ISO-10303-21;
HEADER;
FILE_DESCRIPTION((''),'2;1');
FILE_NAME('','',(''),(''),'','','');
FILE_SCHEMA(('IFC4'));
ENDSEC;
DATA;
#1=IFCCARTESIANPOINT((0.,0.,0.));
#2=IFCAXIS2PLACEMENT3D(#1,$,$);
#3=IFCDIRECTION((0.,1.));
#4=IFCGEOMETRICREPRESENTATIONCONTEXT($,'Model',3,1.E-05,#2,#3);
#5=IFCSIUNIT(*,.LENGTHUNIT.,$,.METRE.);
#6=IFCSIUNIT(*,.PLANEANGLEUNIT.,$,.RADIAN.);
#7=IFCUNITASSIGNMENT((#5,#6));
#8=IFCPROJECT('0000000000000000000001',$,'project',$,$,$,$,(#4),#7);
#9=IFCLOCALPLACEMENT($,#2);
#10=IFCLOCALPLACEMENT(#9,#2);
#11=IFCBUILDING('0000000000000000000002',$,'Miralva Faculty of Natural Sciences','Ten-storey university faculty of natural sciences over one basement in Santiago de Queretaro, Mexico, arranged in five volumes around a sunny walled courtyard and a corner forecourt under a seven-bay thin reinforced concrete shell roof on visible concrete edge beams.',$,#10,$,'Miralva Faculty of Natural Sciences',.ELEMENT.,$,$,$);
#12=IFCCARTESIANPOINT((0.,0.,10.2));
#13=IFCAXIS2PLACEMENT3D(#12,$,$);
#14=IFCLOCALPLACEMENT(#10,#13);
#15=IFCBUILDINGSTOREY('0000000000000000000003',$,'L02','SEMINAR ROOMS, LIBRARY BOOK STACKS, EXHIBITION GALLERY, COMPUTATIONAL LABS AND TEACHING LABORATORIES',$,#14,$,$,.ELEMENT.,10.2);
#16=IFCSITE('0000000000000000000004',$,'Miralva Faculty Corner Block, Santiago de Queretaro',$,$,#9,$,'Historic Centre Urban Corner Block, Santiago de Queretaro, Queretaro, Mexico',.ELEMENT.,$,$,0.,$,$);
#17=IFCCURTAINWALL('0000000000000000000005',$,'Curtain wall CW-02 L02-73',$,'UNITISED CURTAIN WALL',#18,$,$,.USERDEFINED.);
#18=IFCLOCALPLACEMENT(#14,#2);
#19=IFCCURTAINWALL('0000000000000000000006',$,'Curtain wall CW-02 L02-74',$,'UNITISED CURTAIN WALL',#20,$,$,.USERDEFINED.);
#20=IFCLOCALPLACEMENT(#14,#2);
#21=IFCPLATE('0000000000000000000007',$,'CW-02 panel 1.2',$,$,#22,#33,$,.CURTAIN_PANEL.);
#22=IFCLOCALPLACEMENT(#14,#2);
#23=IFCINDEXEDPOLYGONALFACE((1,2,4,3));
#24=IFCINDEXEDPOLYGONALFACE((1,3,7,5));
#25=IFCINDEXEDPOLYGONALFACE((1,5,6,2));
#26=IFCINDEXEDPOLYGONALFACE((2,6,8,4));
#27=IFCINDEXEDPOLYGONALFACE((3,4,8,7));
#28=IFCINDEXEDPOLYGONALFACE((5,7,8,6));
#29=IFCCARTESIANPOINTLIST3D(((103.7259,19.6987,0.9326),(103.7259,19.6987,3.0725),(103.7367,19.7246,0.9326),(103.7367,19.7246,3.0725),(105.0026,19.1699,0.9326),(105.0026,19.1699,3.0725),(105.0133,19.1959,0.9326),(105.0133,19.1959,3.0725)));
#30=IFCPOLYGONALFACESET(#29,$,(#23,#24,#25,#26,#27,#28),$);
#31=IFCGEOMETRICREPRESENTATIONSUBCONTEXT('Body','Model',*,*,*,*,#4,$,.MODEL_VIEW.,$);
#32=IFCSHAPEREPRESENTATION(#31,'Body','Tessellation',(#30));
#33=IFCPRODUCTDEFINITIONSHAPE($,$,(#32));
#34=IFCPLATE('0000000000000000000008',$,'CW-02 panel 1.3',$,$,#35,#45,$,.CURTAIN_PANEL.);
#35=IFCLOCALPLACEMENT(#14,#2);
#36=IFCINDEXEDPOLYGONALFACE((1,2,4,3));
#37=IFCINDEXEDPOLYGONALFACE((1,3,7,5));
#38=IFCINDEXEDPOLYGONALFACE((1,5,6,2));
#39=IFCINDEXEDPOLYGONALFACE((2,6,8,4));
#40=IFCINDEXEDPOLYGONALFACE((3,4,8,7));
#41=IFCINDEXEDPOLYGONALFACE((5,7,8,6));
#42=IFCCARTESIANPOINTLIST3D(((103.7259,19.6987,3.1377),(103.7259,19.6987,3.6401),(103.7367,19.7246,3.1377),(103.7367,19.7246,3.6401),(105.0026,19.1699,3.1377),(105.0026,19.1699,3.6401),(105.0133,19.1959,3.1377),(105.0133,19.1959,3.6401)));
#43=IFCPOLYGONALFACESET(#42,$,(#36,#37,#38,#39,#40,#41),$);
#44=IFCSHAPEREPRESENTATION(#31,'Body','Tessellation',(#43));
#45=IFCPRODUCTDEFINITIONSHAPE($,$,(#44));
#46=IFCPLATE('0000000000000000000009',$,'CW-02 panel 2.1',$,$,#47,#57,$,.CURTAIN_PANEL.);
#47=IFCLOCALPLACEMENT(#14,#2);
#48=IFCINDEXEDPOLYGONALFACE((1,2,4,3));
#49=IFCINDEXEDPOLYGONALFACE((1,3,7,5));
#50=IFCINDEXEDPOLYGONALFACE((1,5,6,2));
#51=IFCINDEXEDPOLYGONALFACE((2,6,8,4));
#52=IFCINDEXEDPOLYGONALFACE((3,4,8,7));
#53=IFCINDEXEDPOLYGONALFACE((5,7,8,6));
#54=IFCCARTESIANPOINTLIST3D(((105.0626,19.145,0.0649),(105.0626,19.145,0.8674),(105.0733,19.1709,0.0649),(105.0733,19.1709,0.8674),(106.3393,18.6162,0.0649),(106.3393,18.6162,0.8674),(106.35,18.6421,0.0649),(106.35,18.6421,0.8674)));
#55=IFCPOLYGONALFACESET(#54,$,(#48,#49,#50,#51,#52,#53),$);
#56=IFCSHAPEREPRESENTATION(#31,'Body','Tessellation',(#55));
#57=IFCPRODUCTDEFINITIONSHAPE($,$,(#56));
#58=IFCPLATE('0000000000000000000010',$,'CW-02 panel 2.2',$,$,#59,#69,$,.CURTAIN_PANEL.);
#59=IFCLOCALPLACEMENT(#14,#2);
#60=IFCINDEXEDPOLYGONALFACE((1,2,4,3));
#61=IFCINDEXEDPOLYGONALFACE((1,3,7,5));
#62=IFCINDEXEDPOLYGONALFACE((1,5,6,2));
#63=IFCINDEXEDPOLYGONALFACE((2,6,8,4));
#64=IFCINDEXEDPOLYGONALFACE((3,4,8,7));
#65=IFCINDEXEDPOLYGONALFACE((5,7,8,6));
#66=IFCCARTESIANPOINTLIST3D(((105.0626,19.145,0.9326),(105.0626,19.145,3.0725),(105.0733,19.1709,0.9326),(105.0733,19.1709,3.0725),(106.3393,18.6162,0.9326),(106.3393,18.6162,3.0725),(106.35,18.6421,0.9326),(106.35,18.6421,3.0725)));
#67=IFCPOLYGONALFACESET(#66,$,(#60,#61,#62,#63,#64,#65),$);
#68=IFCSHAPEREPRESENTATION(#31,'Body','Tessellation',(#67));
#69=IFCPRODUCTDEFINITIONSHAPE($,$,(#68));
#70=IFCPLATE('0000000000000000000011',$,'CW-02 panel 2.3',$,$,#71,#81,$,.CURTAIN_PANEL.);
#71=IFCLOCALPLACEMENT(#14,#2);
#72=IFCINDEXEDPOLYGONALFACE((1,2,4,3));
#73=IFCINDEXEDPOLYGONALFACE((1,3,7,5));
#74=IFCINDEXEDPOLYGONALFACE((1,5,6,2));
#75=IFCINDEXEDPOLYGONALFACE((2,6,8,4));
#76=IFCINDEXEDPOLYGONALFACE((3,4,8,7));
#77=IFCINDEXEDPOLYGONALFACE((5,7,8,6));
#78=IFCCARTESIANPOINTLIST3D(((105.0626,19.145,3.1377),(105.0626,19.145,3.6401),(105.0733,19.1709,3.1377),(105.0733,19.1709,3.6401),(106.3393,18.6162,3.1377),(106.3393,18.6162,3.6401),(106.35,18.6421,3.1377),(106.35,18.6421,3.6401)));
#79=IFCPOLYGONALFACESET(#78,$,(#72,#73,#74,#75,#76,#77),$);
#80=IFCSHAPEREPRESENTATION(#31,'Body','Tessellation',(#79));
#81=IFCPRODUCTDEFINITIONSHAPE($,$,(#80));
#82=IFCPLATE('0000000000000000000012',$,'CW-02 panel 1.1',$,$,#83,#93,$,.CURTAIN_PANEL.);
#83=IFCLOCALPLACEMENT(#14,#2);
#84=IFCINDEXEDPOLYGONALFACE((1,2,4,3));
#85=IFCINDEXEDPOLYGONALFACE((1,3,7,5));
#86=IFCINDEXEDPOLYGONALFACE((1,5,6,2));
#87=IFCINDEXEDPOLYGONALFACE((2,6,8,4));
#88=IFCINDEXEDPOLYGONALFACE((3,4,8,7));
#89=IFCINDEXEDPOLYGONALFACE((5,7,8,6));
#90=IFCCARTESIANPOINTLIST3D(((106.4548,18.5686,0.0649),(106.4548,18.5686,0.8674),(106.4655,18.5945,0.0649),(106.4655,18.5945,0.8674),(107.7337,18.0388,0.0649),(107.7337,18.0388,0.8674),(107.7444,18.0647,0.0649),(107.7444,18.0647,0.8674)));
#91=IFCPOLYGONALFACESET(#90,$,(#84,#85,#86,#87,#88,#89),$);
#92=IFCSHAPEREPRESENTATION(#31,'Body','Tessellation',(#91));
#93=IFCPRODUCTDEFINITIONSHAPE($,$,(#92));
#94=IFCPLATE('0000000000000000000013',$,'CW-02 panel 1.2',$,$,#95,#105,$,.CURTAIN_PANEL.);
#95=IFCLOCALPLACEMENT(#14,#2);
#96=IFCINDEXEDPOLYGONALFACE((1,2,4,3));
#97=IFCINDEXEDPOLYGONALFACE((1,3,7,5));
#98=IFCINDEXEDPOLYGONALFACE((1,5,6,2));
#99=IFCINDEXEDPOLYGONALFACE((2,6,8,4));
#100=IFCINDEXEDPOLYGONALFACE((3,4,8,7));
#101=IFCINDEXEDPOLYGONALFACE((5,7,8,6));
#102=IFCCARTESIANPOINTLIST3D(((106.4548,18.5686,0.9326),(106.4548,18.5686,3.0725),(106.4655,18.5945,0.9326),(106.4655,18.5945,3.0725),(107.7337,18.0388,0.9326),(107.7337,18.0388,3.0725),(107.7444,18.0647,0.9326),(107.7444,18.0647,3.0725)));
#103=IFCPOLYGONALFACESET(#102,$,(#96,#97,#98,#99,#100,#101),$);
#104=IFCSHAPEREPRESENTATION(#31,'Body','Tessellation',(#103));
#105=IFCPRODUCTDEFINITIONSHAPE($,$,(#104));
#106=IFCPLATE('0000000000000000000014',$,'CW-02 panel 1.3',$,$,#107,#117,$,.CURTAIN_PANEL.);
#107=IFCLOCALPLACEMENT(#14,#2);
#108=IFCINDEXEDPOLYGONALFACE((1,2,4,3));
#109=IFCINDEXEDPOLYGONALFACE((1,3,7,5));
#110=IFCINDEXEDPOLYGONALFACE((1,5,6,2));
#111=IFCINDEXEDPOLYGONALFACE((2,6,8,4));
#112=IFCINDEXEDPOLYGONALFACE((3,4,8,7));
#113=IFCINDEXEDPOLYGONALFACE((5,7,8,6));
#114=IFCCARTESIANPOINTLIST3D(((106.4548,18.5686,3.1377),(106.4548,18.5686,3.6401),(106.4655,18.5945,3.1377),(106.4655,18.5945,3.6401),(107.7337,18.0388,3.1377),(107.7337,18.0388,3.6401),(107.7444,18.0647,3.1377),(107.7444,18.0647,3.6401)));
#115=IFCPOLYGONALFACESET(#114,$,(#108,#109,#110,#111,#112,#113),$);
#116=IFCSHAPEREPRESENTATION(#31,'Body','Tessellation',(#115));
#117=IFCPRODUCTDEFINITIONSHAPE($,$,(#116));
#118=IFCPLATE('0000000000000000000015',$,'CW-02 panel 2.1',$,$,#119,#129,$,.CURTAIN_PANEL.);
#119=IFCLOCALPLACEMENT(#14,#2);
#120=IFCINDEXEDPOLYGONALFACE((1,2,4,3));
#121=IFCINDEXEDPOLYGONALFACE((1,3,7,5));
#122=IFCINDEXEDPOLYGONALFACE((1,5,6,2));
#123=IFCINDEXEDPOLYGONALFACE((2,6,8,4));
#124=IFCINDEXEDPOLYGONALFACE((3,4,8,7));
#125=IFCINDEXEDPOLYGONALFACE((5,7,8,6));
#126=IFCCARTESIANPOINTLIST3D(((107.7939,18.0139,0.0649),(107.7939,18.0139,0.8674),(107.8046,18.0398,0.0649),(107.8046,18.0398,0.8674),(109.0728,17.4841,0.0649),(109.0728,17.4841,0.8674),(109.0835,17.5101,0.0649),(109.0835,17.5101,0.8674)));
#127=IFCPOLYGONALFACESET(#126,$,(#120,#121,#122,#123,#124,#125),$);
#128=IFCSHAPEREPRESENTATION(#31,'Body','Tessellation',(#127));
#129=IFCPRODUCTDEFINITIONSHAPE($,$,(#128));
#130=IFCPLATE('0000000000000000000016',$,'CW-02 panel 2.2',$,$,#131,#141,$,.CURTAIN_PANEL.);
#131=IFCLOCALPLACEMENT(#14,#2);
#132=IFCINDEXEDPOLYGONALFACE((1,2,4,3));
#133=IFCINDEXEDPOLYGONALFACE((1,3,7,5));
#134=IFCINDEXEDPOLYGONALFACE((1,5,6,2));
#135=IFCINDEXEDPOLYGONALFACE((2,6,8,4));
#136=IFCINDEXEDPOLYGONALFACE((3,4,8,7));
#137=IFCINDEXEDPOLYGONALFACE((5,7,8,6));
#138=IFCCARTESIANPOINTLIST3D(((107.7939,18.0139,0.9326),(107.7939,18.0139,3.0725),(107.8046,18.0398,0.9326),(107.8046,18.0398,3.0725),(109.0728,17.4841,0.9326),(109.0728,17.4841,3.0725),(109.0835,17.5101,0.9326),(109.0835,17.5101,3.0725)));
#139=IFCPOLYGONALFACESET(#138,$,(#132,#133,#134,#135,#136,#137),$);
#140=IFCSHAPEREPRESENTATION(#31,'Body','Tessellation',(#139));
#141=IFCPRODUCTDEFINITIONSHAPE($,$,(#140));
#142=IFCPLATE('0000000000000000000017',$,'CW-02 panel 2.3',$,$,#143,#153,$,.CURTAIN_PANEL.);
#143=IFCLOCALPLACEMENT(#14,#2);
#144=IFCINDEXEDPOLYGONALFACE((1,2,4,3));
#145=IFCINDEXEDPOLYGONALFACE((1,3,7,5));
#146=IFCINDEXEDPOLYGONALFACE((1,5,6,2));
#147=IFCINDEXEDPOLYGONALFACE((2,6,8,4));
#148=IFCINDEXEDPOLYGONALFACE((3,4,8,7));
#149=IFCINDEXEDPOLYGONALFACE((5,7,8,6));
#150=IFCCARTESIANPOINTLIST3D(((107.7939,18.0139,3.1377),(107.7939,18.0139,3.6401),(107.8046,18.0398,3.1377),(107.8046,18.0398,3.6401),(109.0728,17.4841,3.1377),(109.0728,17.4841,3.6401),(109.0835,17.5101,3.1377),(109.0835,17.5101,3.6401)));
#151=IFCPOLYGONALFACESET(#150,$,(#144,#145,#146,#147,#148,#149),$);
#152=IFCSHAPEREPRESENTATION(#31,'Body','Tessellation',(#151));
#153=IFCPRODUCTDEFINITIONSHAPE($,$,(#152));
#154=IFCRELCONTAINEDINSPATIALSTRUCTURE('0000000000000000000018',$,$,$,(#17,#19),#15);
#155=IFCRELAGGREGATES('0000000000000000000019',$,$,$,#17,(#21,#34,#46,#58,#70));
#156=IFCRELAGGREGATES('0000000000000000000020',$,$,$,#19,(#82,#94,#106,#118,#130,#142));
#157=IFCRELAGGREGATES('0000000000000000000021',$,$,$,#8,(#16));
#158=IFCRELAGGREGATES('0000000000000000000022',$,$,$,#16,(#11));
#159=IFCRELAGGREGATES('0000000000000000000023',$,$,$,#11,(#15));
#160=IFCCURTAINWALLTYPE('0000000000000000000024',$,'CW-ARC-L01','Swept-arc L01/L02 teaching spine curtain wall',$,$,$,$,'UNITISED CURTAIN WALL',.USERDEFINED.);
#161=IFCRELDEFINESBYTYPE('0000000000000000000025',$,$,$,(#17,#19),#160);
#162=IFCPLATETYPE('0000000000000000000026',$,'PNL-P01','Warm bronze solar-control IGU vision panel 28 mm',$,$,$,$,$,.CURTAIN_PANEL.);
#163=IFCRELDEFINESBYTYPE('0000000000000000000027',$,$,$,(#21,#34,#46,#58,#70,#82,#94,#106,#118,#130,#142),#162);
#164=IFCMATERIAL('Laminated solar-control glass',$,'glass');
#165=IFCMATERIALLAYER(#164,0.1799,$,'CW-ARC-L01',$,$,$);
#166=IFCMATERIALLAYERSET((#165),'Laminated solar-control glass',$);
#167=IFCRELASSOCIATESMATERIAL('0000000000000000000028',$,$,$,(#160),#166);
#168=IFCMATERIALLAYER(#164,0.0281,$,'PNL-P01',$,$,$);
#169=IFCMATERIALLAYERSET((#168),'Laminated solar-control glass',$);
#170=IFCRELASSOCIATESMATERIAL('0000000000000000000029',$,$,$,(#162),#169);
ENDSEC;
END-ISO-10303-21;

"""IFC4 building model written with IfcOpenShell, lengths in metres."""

from ifc_helpers import new_model, si_unit, direction, frame, origin, origin_2d, place, context, subcontext, project, spatial, rectangle, extrude, material, layer, layer_set, type_object, element, aggregate, save


model = new_model("IFC4")

# Units and contexts
model_context = context("Model", 3, precision=1e-05, world=origin(), true_north=direction((0.0, 1.0)))
body_context = subcontext(model_context, "Body", "Model", "MODEL_VIEW")
ifc_project = project(units=[si_unit("LENGTHUNIT", "METRE"), si_unit("PLANEANGLEUNIT", "RADIAN")], contexts=[model_context])

# Site, building, storey
site_placement = place(None, origin())
site = spatial("IfcSite", under=ifc_project, at=site_placement, Name="Miralva Faculty Corner Block, Santiago de Queretaro", LongName="Historic Centre Urban Corner Block, Santiago de Queretaro, Queretaro, Mexico", CompositionType="ELEMENT", RefElevation=0.0)
building_placement = place(site_placement, origin())
building = spatial("IfcBuilding", under=site, at=building_placement, Name="Miralva Faculty of Natural Sciences", Description="Ten-storey university faculty of natural sciences over one basement in Santiago de Queretaro, Mexico, arranged in five volumes around a sunny walled courtyard and a corner forecourt under a seven-bay thin reinforced concrete shell roof on visible concrete edge beams.", LongName="Miralva Faculty of Natural Sciences", CompositionType="ELEMENT")
storey_placement = place(building_placement, frame((0.0, 0.0, 10.2)))
storey = spatial("IfcBuildingStorey", under=building, at=storey_placement, Name="L02", Description="SEMINAR ROOMS, LIBRARY BOOK STACKS, EXHIBITION GALLERY, COMPUTATIONAL LABS AND TEACHING LABORATORIES", CompositionType="ELEMENT", Elevation=10.2)

# Curtain walls
ifc_material_1 = material(Name="Laminated solar-control glass", Category="glass")
ifc_layer_1 = layer(ifc_material_1, 0.1799, Name="CW-ARC-L01")
ifc_layer_set_1 = layer_set([ifc_layer_1], Name="Laminated solar-control glass")
curtain_wall_type = type_object("IfcCurtainWallType", Name="CW-ARC-L01", Description="Swept-arc L01/L02 teaching spine curtain wall", ElementType="UNITISED CURTAIN WALL", PredefinedType="USERDEFINED", material=ifc_layer_set_1)
curtain_wall_1_placement = place(storey_placement, origin())
curtain_wall_1 = element("IfcCurtainWall", 1, at=curtain_wall_1_placement, inside=storey, type_object=curtain_wall_type, Name="Curtain wall CW-02 L02-73", ObjectType="UNITISED CURTAIN WALL", PredefinedType="USERDEFINED")
curtain_wall_2_placement = place(storey_placement, origin())
curtain_wall_2 = element("IfcCurtainWall", 2, at=curtain_wall_2_placement, inside=storey, type_object=curtain_wall_type, Name="Curtain wall CW-02 L02-74", ObjectType="UNITISED CURTAIN WALL", PredefinedType="USERDEFINED")

# Plates
ifc_layer_2 = layer(ifc_material_1, 0.0281, Name="PNL-P01")
ifc_layer_set_2 = layer_set([ifc_layer_2], Name="Laminated solar-control glass")
plate_type = type_object("IfcPlateType", Name="PNL-P01", Description="Warm bronze solar-control IGU vision panel 28 mm", PredefinedType="CURTAIN_PANEL", material=ifc_layer_set_2)
plate_1_placement = place(storey_placement, frame((104.3696, 19.4473, 0.9326), z_axis=(0.0, 0.0, 1.0), x_axis=(0.923891, -0.382656, 0.0)))
plate_1 = element("IfcPlate", 3, at=plate_1_placement, type_object=plate_type, Name="CW-02 panel 1.2", PredefinedType="CURTAIN_PANEL", context=body_context, shape_type="SweptSolid", body=[
    extrude(rectangle(XDim=1.3818, YDim=0.0281, at=origin_2d()), origin(), (0.0, 0.0, 1.0), 2.1399),
])
plate_2_placement = place(storey_placement, frame((104.3696, 19.4473, 3.1377), z_axis=(0.0, 0.0, 1.0), x_axis=(0.923891, -0.382656, 0.0)))
plate_2 = element("IfcPlate", 4, at=plate_2_placement, type_object=plate_type, Name="CW-02 panel 1.3", PredefinedType="CURTAIN_PANEL", context=body_context, shape_type="SweptSolid", body=[
    extrude(rectangle(XDim=1.3818, YDim=0.0281, at=origin_2d()), origin(), (0.0, 0.0, 1.0), 0.5024),
])
plate_3_placement = place(storey_placement, frame((105.7063, 18.8936, 0.0649), z_axis=(0.0, 0.0, 1.0), x_axis=(0.923891, -0.382656, 0.0)))
plate_3 = element("IfcPlate", 5, at=plate_3_placement, type_object=plate_type, Name="CW-02 panel 2.1", PredefinedType="CURTAIN_PANEL", context=body_context, shape_type="SweptSolid", body=[
    extrude(rectangle(XDim=1.3818, YDim=0.0281, at=origin_2d()), origin(), (0.0, 0.0, 1.0), 0.8025),
])
plate_4_placement = place(storey_placement, frame((105.7063, 18.8936, 0.9326), z_axis=(0.0, 0.0, 1.0), x_axis=(0.923891, -0.382656, 0.0)))
plate_4 = element("IfcPlate", 6, at=plate_4_placement, type_object=plate_type, Name="CW-02 panel 2.2", PredefinedType="CURTAIN_PANEL", context=body_context, shape_type="SweptSolid", body=[
    extrude(rectangle(XDim=1.3818, YDim=0.0281, at=origin_2d()), origin(), (0.0, 0.0, 1.0), 2.1399),
])
plate_5_placement = place(storey_placement, frame((105.7063, 18.8936, 3.1377), z_axis=(0.0, 0.0, 1.0), x_axis=(0.923891, -0.382656, 0.0)))
plate_5 = element("IfcPlate", 7, at=plate_5_placement, type_object=plate_type, Name="CW-02 panel 2.3", PredefinedType="CURTAIN_PANEL", context=body_context, shape_type="SweptSolid", body=[
    extrude(rectangle(XDim=1.3818, YDim=0.0281, at=origin_2d()), origin(), (0.0, 0.0, 1.0), 0.5024),
])
aggregate(curtain_wall_1, [plate_1, plate_2, plate_3, plate_4, plate_5])
plate_6_placement = place(storey_placement, frame((107.0996, 18.3167, 0.0649), z_axis=(0.0, 0.0, 1.0), x_axis=(0.923875, -0.382695, 0.0)))
plate_6 = element("IfcPlate", 8, at=plate_6_placement, type_object=plate_type, Name="CW-02 panel 1.1", PredefinedType="CURTAIN_PANEL", context=body_context, shape_type="SweptSolid", body=[
    extrude(rectangle(XDim=1.3843, YDim=0.0281, at=origin_2d()), origin(), (0.0, 0.0, 1.0), 0.8025),
])
plate_7_placement = place(storey_placement, frame((107.0996, 18.3167, 0.9326), z_axis=(0.0, 0.0, 1.0), x_axis=(0.923875, -0.382695, 0.0)))
plate_7 = element("IfcPlate", 9, at=plate_7_placement, type_object=plate_type, Name="CW-02 panel 1.2", PredefinedType="CURTAIN_PANEL", context=body_context, shape_type="SweptSolid", body=[
    extrude(rectangle(XDim=1.3843, YDim=0.0281, at=origin_2d()), origin(), (0.0, 0.0, 1.0), 2.1399),
])
plate_8_placement = place(storey_placement, frame((107.0996, 18.3167, 3.1377), z_axis=(0.0, 0.0, 1.0), x_axis=(0.923875, -0.382695, 0.0)))
plate_8 = element("IfcPlate", 10, at=plate_8_placement, type_object=plate_type, Name="CW-02 panel 1.3", PredefinedType="CURTAIN_PANEL", context=body_context, shape_type="SweptSolid", body=[
    extrude(rectangle(XDim=1.3843, YDim=0.0281, at=origin_2d()), origin(), (0.0, 0.0, 1.0), 0.5024),
])
plate_9_placement = place(storey_placement, frame((108.4387, 17.762, 0.0649), z_axis=(0.0, 0.0, 1.0), x_axis=(0.923875, -0.382695, 0.0)))
plate_9 = element("IfcPlate", 11, at=plate_9_placement, type_object=plate_type, Name="CW-02 panel 2.1", PredefinedType="CURTAIN_PANEL", context=body_context, shape_type="SweptSolid", body=[
    extrude(rectangle(XDim=1.3843, YDim=0.0281, at=origin_2d()), origin(), (0.0, 0.0, 1.0), 0.8025),
])
plate_10_placement = place(storey_placement, frame((108.4387, 17.762, 0.9326), z_axis=(0.0, 0.0, 1.0), x_axis=(0.923875, -0.382695, 0.0)))
plate_10 = element("IfcPlate", 12, at=plate_10_placement, type_object=plate_type, Name="CW-02 panel 2.2", PredefinedType="CURTAIN_PANEL", context=body_context, shape_type="SweptSolid", body=[
    extrude(rectangle(XDim=1.3843, YDim=0.0281, at=origin_2d()), origin(), (0.0, 0.0, 1.0), 2.1399),
])
plate_11_placement = place(storey_placement, frame((108.4387, 17.762, 3.1377), z_axis=(0.0, 0.0, 1.0), x_axis=(0.923875, -0.382695, 0.0)))
plate_11 = element("IfcPlate", 13, at=plate_11_placement, type_object=plate_type, Name="CW-02 panel 2.3", PredefinedType="CURTAIN_PANEL", context=body_context, shape_type="SweptSolid", body=[
    extrude(rectangle(XDim=1.3843, YDim=0.0281, at=origin_2d()), origin(), (0.0, 0.0, 1.0), 0.5024),
])
aggregate(curtain_wall_2, [plate_6, plate_7, plate_8, plate_9, plate_10, plate_11])

save(model, "model.ifc")
